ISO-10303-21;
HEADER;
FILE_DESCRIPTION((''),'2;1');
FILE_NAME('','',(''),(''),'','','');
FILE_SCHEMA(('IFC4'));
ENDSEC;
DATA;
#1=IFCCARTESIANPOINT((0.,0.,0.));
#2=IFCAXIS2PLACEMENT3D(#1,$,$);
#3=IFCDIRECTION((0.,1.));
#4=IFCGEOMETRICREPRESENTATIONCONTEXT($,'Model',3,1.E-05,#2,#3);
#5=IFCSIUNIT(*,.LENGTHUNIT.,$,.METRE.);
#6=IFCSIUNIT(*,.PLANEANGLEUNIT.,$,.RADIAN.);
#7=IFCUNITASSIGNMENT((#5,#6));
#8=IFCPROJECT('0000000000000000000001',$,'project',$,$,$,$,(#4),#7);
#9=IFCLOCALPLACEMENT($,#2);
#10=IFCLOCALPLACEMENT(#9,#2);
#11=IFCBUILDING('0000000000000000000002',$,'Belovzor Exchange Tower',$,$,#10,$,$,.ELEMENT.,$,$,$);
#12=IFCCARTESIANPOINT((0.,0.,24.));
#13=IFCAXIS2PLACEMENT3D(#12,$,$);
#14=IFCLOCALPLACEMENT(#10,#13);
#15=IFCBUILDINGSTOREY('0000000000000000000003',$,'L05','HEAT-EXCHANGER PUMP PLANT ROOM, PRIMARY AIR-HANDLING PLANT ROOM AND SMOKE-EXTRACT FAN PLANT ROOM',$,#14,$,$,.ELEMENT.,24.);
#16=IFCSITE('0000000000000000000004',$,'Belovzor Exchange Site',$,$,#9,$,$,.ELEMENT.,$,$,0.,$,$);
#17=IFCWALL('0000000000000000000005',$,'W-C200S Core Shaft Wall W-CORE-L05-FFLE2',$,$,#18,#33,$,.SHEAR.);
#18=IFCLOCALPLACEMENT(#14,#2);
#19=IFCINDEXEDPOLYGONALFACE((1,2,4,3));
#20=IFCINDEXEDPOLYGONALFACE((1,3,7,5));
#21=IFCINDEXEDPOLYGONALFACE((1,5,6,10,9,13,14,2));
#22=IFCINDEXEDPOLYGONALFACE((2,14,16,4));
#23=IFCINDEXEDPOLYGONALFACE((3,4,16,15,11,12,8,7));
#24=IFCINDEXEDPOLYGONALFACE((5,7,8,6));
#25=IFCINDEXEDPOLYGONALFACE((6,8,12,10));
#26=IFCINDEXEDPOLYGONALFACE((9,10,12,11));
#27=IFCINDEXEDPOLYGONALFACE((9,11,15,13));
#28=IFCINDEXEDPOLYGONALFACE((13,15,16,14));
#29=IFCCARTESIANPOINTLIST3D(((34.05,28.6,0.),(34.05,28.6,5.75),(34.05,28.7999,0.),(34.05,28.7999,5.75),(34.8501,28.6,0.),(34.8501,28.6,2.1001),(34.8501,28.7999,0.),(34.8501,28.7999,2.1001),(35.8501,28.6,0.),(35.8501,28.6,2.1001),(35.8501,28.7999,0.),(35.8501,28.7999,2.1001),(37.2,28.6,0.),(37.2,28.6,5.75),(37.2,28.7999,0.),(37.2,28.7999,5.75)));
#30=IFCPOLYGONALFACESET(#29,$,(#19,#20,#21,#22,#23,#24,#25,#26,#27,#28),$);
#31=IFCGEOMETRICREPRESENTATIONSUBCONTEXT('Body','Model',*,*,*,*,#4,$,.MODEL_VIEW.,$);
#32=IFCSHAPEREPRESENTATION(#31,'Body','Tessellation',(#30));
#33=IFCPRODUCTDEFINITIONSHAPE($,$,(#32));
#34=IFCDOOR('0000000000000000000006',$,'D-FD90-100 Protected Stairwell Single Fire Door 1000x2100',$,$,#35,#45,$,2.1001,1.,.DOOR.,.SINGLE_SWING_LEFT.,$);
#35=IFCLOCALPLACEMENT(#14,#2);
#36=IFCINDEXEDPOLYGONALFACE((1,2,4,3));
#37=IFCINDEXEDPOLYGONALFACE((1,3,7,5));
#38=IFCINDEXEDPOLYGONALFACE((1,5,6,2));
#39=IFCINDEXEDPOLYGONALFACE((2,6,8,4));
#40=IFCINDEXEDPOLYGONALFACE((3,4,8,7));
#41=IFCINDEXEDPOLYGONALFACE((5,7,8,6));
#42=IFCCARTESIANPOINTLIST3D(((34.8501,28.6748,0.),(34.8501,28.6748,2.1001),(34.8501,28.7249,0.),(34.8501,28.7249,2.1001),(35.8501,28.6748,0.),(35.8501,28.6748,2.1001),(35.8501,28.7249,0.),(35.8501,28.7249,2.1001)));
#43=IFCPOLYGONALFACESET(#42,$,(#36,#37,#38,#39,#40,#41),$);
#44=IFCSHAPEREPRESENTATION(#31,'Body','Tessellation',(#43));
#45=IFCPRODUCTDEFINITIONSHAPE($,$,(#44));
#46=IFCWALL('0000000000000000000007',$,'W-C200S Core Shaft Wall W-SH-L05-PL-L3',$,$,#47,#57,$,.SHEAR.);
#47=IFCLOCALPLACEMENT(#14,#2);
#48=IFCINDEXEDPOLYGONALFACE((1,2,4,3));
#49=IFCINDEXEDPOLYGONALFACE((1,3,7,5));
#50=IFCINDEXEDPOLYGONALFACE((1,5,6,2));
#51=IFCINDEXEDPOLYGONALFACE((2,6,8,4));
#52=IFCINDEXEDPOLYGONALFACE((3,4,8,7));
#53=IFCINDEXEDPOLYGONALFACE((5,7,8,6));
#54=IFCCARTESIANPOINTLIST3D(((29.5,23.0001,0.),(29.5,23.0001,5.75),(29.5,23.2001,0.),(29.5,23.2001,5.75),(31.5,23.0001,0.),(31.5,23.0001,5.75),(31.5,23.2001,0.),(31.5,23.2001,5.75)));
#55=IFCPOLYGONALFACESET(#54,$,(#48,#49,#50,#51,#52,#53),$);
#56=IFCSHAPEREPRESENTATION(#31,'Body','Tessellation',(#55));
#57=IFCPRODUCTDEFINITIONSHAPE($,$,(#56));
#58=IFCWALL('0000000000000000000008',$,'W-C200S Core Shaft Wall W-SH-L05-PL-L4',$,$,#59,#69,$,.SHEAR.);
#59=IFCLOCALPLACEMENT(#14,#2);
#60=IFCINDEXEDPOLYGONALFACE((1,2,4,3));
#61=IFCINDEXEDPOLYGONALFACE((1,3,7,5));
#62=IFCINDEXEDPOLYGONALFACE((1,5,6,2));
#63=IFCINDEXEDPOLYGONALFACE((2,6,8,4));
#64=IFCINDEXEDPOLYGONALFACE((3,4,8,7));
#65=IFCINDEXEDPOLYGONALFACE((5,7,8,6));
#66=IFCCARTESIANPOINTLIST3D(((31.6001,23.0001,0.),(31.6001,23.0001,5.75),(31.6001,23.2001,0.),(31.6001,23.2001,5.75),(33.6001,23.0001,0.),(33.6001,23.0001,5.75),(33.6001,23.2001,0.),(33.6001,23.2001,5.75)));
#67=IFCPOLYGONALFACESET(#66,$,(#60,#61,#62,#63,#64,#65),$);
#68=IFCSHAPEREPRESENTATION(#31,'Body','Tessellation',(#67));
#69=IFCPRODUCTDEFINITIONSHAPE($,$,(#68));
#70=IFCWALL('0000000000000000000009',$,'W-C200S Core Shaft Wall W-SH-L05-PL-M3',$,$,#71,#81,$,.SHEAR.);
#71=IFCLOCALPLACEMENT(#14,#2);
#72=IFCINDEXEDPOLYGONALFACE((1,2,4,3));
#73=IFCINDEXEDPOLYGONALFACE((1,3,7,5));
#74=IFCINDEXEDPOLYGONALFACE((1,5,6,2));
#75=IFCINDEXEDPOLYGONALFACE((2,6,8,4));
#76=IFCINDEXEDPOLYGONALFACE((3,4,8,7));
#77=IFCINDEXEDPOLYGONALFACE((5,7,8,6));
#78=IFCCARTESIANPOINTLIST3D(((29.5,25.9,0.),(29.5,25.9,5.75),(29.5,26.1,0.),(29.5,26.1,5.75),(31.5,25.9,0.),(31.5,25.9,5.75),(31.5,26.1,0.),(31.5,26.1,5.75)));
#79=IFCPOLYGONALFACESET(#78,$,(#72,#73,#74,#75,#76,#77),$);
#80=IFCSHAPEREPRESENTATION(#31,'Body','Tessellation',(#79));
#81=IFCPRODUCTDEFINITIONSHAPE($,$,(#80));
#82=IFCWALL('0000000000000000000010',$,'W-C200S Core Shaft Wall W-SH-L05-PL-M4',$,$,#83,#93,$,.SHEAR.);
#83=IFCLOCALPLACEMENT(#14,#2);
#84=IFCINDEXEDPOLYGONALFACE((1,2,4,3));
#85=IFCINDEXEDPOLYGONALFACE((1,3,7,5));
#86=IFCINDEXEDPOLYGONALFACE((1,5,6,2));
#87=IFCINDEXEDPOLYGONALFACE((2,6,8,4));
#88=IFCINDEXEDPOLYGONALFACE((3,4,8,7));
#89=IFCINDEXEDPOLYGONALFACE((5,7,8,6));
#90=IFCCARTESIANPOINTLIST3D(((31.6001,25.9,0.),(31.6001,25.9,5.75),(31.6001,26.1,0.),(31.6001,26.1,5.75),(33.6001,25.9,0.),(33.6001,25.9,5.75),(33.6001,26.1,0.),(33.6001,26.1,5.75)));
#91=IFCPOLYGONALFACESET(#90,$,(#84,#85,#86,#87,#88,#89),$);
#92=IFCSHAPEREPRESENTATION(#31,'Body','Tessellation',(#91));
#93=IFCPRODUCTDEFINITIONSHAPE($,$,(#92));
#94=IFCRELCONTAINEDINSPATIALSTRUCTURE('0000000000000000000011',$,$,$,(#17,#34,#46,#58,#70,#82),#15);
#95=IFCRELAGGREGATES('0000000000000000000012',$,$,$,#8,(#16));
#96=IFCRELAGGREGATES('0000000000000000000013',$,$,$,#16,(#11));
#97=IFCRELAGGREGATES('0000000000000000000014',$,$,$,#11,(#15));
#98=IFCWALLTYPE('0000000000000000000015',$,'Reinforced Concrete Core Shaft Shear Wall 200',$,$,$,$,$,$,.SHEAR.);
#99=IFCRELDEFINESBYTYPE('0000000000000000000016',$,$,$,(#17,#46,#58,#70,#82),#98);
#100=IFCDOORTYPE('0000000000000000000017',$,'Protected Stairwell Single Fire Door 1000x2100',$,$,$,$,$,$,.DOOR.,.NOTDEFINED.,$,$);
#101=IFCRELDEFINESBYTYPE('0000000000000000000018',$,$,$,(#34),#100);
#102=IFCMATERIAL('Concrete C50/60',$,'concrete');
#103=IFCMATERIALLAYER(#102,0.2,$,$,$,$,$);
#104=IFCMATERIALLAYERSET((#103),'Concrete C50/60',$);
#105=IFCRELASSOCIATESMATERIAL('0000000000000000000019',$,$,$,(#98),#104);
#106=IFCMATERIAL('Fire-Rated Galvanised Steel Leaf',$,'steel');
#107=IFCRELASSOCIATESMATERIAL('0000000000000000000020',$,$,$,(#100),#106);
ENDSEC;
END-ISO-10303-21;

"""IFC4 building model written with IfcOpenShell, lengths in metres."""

from ifc_helpers import new_model, si_unit, direction, frame, frame_2d, origin, place, context, subcontext, project, spatial, rectangle, extrude, material, layer, layer_set, type_object, element, fill, save


model = new_model("IFC4")

# Units and contexts
model_context = context("Model", 3, precision=1e-05, world=origin(), true_north=direction((0.0, 1.0)))
body_context = subcontext(model_context, "Body", "Model", "MODEL_VIEW")
ifc_project = project(units=[si_unit("LENGTHUNIT", "METRE"), si_unit("PLANEANGLEUNIT", "RADIAN")], contexts=[model_context])

# Site, building, storey
site_placement = place(None, origin())
site = spatial("IfcSite", under=ifc_project, at=site_placement, Name="Belovzor Exchange Site", CompositionType="ELEMENT", RefElevation=0.0)
building_placement = place(site_placement, origin())
building = spatial("IfcBuilding", under=site, at=building_placement, Name="Belovzor Exchange Tower", CompositionType="ELEMENT")
storey_placement = place(building_placement, frame((0.0, 0.0, 24.0)))
storey = spatial("IfcBuildingStorey", under=building, at=storey_placement, Name="L05", Description="HEAT-EXCHANGER PUMP PLANT ROOM, PRIMARY AIR-HANDLING PLANT ROOM AND SMOKE-EXTRACT FAN PLANT ROOM", CompositionType="ELEMENT", Elevation=24.0)

# Wall, opening, door
ifc_material_1 = material(Name="Concrete C50/60", Category="concrete")
ifc_layer_1 = layer(ifc_material_1, 0.2)
ifc_layer_set_1 = layer_set([ifc_layer_1], Name="Concrete C50/60")
wall_type_1 = type_object("IfcWallType", Name="Reinforced Concrete Core Shaft Shear Wall 200", PredefinedType="SHEAR", material=ifc_layer_set_1)
wall_1_placement = place(storey_placement, frame((34.05, 28.7, 0.0), z_axis=(0.0, 0.0, 1.0), x_axis=(1.0, 0.0, 0.0)))
wall_1 = element("IfcWall", 1, at=wall_1_placement, inside=storey, type_object=wall_type_1, Name="W-C200S Core Shaft Wall W-CORE-L05-FFLE2", PredefinedType="SHEAR", context=body_context, shape_type="SweptSolid", body=[
    extrude(rectangle(XDim=3.1499, YDim=0.2, at=frame_2d((1.575, 0.0))), origin(), (0.0, 0.0, 1.0), 5.75),
])
opening_1_placement = place(wall_1_placement, frame((0.8, 0.0, 0.0)))
opening_1 = element("IfcOpeningElement", 2, at=opening_1_placement, cuts=wall_1, PredefinedType="OPENING", context=body_context, shape_type="SweptSolid", body=[
    extrude(rectangle(XDim=1.0, YDim=2.1001, at=frame_2d((0.5, 1.05))), frame((0.0, 0.1099, 0.0), z_axis=(0.0, -1.0, 0.0), x_axis=(1.0, 0.0, 0.0)), (0.0, 0.0, 1.0), 0.22),
])
ifc_material_2 = material(Name="Fire-Rated Galvanised Steel Leaf", Category="steel")
door_type_1 = type_object("IfcDoorType", Name="Protected Stairwell Single Fire Door 1000x2100", OperationType="NOTDEFINED", PredefinedType="DOOR", material=ifc_material_2)
door_1_placement = place(opening_1_placement, origin())
door_1 = element("IfcDoor", 3, at=door_1_placement, inside=storey, type_object=door_type_1, Name="D-FD90-100 Protected Stairwell Single Fire Door 1000x2100", OperationType="SINGLE_SWING_LEFT", OverallHeight=2.1001, OverallWidth=1.0, PredefinedType="DOOR", context=body_context, shape_type="SweptSolid", body=[
    extrude(rectangle(XDim=1.0, YDim=2.1001, at=frame_2d((0.5, 1.05))), frame((0.0, 0.0249, 0.0), z_axis=(0.0, -1.0, 0.0), x_axis=(1.0, 0.0, 0.0)), (0.0, 0.0, 1.0), 0.05),
])
fill(opening_1, door_1)

# Walls
for number, where, z_axis, x_axis, name in (
    (4, (29.5, 23.1001, 0.0), (0.0, 0.0, 1.0), (1.0, 0.0, 0.0), "W-C200S Core Shaft Wall W-SH-L05-PL-L3"),
    (5, (31.6001, 23.1001, 0.0), (0.0, 0.0, 1.0), (1.0, 0.0, 0.0), "W-C200S Core Shaft Wall W-SH-L05-PL-L4"),
    (6, (29.5, 26.0, 0.0), (0.0, 0.0, 1.0), (1.0, 0.0, 0.0), "W-C200S Core Shaft Wall W-SH-L05-PL-M3"),
    (7, (31.6001, 26.0, 0.0), (0.0, 0.0, 1.0), (1.0, 0.0, 0.0), "W-C200S Core Shaft Wall W-SH-L05-PL-M4"),
):
    element("IfcWall", number, at=place(storey_placement, frame(where, z_axis=z_axis, x_axis=x_axis)), inside=storey, type_object=wall_type_1, Name=name, PredefinedType="SHEAR", context=body_context, shape_type="SweptSolid", body=[
        extrude(rectangle(XDim=2.0, YDim=0.2, at=frame_2d((1.0, 0.0))), origin(), (0.0, 0.0, 1.0), 5.75),
    ])

save(model, "model.ifc")
